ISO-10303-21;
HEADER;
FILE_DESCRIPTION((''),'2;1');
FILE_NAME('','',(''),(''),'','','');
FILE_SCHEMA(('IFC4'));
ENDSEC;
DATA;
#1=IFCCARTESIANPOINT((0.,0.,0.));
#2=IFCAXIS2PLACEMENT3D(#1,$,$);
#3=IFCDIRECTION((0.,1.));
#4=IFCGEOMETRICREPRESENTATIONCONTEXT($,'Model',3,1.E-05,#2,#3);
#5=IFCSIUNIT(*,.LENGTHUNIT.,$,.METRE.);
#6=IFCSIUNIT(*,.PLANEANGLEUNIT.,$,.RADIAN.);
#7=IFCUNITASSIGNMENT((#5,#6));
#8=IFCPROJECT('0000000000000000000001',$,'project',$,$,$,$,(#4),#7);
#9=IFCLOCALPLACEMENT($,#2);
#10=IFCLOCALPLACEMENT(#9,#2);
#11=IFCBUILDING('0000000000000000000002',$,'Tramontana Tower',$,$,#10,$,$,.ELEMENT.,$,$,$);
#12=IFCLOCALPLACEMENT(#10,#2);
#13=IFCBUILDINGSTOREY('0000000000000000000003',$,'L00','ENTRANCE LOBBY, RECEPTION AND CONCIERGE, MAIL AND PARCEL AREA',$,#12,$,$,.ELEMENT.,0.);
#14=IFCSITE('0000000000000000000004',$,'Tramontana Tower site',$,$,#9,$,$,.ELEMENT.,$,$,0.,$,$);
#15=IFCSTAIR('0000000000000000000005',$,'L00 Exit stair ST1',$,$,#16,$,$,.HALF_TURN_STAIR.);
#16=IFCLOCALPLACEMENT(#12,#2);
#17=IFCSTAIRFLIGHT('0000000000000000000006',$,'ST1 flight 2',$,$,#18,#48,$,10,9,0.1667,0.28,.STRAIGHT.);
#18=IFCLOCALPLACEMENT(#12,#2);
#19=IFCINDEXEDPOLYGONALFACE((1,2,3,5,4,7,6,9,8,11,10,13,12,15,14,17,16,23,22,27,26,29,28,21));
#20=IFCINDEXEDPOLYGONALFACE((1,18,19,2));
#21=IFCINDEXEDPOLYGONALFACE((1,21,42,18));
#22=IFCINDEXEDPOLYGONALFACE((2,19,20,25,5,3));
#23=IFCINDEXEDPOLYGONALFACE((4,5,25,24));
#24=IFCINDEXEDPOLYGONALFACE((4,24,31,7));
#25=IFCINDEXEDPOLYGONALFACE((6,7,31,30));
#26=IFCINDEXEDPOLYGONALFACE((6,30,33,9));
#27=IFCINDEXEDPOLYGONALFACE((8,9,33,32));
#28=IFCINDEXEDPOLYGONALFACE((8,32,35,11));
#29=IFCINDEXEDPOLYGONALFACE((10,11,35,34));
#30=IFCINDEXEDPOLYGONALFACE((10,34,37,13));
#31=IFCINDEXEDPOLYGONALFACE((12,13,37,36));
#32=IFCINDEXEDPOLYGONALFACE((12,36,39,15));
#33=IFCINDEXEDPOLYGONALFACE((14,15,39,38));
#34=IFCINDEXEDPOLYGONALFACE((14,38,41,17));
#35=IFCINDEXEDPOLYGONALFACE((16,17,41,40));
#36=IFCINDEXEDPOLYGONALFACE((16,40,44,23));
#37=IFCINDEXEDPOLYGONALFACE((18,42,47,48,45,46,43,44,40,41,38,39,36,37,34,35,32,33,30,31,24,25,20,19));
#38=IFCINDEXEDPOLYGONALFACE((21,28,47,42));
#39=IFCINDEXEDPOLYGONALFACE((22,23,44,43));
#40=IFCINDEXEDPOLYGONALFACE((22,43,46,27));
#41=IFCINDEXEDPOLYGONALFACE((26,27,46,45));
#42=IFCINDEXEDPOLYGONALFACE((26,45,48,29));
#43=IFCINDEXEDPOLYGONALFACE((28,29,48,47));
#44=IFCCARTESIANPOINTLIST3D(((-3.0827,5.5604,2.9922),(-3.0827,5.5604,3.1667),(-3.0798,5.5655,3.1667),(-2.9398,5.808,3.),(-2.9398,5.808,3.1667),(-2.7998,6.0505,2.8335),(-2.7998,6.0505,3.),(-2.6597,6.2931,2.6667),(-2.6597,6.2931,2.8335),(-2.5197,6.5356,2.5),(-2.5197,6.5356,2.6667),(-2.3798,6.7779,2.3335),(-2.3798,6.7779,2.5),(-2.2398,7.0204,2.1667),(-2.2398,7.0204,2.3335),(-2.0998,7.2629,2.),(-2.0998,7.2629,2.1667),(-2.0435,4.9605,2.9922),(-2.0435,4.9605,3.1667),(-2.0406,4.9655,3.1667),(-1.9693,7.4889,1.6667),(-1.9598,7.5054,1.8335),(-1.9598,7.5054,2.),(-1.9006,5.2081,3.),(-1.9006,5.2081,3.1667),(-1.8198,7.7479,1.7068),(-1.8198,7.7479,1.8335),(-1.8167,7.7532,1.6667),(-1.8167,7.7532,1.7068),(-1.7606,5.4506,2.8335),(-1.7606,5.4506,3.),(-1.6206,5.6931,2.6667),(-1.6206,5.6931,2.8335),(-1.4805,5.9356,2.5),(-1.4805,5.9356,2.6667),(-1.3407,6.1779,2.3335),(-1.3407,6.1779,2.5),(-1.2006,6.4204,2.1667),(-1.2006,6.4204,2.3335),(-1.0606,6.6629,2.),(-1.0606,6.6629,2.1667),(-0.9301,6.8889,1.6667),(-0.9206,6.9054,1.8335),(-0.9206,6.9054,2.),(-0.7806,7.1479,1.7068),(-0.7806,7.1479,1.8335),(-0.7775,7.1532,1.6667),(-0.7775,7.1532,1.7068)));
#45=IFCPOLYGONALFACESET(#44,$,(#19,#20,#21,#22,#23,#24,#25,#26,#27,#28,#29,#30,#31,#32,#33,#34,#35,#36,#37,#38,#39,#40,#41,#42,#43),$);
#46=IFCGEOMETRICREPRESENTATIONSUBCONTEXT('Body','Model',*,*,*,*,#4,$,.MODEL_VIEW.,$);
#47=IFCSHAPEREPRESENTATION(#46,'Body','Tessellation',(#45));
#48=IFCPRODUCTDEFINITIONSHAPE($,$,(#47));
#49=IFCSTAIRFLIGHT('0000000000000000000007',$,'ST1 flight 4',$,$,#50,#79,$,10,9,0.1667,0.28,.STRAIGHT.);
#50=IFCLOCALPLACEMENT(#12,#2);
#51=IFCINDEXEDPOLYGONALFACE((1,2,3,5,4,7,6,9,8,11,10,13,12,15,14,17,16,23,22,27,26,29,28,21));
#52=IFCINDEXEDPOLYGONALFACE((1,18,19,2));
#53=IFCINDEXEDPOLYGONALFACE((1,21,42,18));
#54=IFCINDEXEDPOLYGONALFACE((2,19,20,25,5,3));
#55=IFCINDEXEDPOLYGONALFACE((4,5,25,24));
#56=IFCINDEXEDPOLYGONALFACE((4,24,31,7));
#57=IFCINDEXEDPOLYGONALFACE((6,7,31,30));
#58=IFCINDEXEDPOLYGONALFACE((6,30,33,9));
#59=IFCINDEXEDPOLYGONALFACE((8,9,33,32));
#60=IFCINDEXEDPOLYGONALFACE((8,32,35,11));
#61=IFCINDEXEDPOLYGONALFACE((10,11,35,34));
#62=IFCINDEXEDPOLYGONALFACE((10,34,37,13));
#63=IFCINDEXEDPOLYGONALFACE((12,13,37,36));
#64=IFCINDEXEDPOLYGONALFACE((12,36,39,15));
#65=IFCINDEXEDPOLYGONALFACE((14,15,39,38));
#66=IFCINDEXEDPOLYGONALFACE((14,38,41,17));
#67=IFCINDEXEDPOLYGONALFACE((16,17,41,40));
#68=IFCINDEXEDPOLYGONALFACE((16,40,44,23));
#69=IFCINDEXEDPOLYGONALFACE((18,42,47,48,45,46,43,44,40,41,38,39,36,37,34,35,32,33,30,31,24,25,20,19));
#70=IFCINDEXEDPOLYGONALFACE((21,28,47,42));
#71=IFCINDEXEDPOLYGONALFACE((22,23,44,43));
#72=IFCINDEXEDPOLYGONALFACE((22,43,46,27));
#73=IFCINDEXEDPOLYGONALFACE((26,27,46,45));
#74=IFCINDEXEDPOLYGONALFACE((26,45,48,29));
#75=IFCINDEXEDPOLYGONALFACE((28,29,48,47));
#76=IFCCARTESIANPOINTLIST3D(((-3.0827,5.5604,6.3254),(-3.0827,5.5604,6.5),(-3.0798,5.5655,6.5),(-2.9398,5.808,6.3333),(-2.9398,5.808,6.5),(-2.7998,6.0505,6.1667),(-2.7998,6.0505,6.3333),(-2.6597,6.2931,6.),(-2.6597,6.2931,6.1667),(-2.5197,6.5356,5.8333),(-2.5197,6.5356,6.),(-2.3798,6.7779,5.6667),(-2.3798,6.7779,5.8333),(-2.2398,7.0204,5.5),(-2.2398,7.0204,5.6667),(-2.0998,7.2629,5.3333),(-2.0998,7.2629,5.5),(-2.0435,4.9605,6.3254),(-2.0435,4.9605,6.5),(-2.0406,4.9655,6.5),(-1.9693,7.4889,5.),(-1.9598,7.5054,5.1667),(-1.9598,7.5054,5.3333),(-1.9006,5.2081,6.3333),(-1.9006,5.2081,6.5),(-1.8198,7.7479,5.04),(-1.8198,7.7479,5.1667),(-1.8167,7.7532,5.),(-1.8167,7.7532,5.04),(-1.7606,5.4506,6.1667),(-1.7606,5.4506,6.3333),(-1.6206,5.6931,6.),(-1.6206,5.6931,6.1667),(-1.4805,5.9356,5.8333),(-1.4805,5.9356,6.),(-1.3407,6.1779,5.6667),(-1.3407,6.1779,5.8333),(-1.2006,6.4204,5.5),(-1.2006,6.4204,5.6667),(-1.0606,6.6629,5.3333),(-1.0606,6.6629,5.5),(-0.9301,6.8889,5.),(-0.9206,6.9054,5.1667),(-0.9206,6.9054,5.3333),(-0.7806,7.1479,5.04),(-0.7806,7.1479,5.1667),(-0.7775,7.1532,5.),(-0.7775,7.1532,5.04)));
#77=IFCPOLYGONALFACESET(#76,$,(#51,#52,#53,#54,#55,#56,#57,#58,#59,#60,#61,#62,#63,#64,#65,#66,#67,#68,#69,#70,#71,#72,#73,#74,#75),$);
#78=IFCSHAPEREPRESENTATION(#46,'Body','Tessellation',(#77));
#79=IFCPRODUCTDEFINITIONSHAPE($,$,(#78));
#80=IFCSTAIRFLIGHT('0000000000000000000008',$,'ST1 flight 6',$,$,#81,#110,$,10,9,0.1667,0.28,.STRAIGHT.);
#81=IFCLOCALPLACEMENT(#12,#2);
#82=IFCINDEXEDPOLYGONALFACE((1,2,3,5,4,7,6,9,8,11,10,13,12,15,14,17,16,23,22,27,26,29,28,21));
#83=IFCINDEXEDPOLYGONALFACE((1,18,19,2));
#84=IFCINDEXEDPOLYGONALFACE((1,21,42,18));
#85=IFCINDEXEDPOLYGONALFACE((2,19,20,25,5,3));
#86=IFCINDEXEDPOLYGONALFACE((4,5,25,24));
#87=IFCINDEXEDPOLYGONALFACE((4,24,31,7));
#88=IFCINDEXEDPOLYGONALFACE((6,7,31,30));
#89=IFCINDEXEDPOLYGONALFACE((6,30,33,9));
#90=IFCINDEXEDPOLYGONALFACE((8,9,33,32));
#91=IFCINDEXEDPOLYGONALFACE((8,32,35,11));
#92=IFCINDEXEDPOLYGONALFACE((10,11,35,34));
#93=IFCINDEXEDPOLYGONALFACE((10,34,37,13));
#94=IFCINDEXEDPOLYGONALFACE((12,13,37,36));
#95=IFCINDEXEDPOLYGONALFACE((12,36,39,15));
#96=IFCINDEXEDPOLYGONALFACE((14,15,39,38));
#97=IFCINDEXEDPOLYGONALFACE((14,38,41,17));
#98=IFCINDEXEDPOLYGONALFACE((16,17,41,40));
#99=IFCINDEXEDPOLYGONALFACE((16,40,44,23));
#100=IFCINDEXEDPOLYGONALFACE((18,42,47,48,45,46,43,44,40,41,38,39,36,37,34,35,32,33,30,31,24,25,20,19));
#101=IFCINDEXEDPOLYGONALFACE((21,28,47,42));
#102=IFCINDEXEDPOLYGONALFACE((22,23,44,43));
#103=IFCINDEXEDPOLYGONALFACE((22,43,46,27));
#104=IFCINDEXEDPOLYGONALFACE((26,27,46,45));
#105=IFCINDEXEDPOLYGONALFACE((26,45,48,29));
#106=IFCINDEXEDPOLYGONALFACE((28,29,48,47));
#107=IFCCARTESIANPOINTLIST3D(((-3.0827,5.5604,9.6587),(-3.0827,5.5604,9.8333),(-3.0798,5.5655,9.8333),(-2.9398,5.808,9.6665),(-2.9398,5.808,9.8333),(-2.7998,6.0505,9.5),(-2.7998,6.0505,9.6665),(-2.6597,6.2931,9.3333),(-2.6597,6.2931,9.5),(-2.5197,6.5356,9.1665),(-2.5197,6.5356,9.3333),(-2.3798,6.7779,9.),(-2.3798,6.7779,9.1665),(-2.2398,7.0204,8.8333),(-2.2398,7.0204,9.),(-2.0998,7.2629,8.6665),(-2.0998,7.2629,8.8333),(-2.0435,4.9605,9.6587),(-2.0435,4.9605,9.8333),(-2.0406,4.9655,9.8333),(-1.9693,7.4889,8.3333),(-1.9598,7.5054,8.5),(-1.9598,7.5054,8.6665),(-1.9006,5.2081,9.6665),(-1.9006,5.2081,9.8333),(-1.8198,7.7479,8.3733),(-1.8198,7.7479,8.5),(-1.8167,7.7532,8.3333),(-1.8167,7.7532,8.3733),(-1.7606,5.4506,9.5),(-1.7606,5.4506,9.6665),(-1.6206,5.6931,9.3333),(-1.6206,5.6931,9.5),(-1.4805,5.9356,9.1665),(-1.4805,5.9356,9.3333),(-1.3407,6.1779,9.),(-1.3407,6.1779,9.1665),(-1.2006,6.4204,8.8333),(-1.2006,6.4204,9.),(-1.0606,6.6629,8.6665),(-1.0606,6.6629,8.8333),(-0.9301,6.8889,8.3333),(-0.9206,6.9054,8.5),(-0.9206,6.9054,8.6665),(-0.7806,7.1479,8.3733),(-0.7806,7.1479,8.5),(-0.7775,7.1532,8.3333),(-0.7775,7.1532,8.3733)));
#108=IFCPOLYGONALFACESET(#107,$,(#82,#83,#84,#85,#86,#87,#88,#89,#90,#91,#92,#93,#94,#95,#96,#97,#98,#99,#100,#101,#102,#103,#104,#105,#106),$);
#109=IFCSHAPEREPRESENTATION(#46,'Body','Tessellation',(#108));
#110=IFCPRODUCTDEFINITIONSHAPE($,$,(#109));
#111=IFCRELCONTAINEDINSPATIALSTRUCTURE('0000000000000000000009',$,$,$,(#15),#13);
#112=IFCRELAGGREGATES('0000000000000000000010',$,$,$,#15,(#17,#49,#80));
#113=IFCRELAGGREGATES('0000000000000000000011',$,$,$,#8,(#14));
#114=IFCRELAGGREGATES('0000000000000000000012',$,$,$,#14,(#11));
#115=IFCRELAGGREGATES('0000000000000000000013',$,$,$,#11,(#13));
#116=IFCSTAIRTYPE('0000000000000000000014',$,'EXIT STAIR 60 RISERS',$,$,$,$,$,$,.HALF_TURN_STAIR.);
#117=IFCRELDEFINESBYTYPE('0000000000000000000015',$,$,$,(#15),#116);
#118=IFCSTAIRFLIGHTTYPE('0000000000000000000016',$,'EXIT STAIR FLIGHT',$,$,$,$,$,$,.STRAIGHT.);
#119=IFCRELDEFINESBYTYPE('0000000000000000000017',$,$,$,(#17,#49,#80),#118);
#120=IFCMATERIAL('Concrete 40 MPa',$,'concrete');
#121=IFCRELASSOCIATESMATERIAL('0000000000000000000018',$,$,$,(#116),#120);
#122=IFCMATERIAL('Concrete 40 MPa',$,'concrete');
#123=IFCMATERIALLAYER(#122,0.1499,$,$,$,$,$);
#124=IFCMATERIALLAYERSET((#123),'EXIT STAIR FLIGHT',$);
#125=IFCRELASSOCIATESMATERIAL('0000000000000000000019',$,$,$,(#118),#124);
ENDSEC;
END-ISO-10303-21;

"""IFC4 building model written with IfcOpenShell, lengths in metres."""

from ifc_helpers import new_model, si_unit, direction, frame, origin, place, context, subcontext, project, spatial, polyline, outline, extrude, material, layer, layer_set, type_object, element, aggregate, save


model = new_model("IFC4")

# Units and contexts
model_context = context("Model", 3, precision=1e-05, world=origin(), true_north=direction((0.0, 1.0)))
body_context = subcontext(model_context, "Body", "Model", "MODEL_VIEW")
ifc_project = project(units=[si_unit("LENGTHUNIT", "METRE"), si_unit("PLANEANGLEUNIT", "RADIAN")], contexts=[model_context])

# Site, building, storey
site_placement = place(None, origin())
site = spatial("IfcSite", under=ifc_project, at=site_placement, Name="Tramontana Tower site", CompositionType="ELEMENT", RefElevation=0.0)
building_placement = place(site_placement, origin())
building = spatial("IfcBuilding", under=site, at=building_placement, Name="Tramontana Tower", CompositionType="ELEMENT")
storey_placement = place(building_placement, origin())
storey = spatial("IfcBuildingStorey", under=building, at=storey_placement, Name="L00", Description="ENTRANCE LOBBY, RECEPTION AND CONCIERGE, MAIL AND PARCEL AREA", CompositionType="ELEMENT", Elevation=0.0)

# Stair, stair flights
ifc_material_1 = material(Name="Concrete 40 MPa", Category="concrete")
stair_type = type_object("IfcStairType", Name="EXIT STAIR 60 RISERS", PredefinedType="HALF_TURN_STAIR", material=ifc_material_1)
stair_placement = place(storey_placement, origin())
stair = element("IfcStair", 1, at=stair_placement, inside=storey, type_object=stair_type, Name="L00 Exit stair ST1", PredefinedType="HALF_TURN_STAIR")
ifc_material_2 = material(Name="Concrete 40 MPa", Category="concrete")
ifc_layer_1 = layer(ifc_material_2, 0.1499)
ifc_layer_set_1 = layer_set([ifc_layer_1], Name="EXIT STAIR FLIGHT")
stair_flight_type = type_object("IfcStairFlightType", Name="EXIT STAIR FLIGHT", PredefinedType="STRAIGHT", material=ifc_layer_set_1)
stair_flight_1_placement = place(storey_placement, frame((-1.3003, 7.448, 1.6667), z_axis=(0.0, 0.0, 1.0), x_axis=(-0.5, -0.866025, 0.0)))
stair_flight_1 = element("IfcStairFlight", 2, at=stair_flight_1_placement, type_object=stair_flight_type, Name="ST1 flight 2", NumberOfRisers=10, NumberOfTreads=9, PredefinedType="STRAIGHT", RiserHeight=0.1667, TreadLength=0.28, context=body_context, shape_type="SweptSolid", body=[
    extrude(outline(polyline([(-0.0061, 0.0), (-0.0061, 0.04), (0.0, 0.04), (0.0, 0.1667), (0.28, 0.1667), (0.28, 0.3333), (0.5601, 0.3333), (0.5601, 0.5), (0.8401, 0.5), (0.8401, 0.6667), (1.1201, 0.6667), (1.1201, 0.8333), (1.3999, 0.8333), (1.3999, 1.0), (1.6799, 1.0), (1.6799, 1.1667), (1.96, 1.1667), (1.96, 1.3333), (2.24, 1.3333), (2.24, 1.5), (2.52, 1.5), (2.5259, 1.5), (2.5259, 1.3254), (0.2991, 0.0), (-0.0061, 0.0)])), frame((0.0, 0.6001, 0.0), z_axis=(0.0, -1.0, 0.0), x_axis=(1.0, 0.0, 0.0)), (0.0, 0.0, 1.0), 1.2),
])
stair_flight_2_placement = place(storey_placement, frame((-1.3003, 7.448, 5.0), z_axis=(0.0, 0.0, 1.0), x_axis=(-0.5, -0.866025, 0.0)))
stair_flight_2 = element("IfcStairFlight", 3, at=stair_flight_2_placement, type_object=stair_flight_type, Name="ST1 flight 4", NumberOfRisers=10, NumberOfTreads=9, PredefinedType="STRAIGHT", RiserHeight=0.1667, TreadLength=0.28, context=body_context, shape_type="SweptSolid", body=[
    extrude(outline(polyline([(-0.0061, 0.0), (-0.0061, 0.04), (0.0, 0.04), (0.0, 0.1667), (0.28, 0.1667), (0.28, 0.3333), (0.5601, 0.3333), (0.5601, 0.5), (0.8401, 0.5), (0.8401, 0.6667), (1.1201, 0.6667), (1.1201, 0.8333), (1.3999, 0.8333), (1.3999, 1.0), (1.6799, 1.0), (1.6799, 1.1667), (1.96, 1.1667), (1.96, 1.3333), (2.24, 1.3333), (2.24, 1.5), (2.52, 1.5), (2.5259, 1.5), (2.5259, 1.3254), (0.2991, 0.0), (-0.0061, 0.0)])), frame((0.0, 0.6001, 0.0), z_axis=(0.0, -1.0, 0.0), x_axis=(1.0, 0.0, 0.0)), (0.0, 0.0, 1.0), 1.2),
])
stair_flight_3_placement = place(storey_placement, frame((-1.3003, 7.448, 8.3333), z_axis=(0.0, 0.0, 1.0), x_axis=(-0.5, -0.866025, 0.0)))
stair_flight_3 = element("IfcStairFlight", 4, at=stair_flight_3_placement, type_object=stair_flight_type, Name="ST1 flight 6", NumberOfRisers=10, NumberOfTreads=9, PredefinedType="STRAIGHT", RiserHeight=0.1667, TreadLength=0.28, context=body_context, shape_type="SweptSolid", body=[
    extrude(outline(polyline([(-0.0061, 0.0), (-0.0061, 0.04), (0.0, 0.04), (0.0, 0.1667), (0.28, 0.1667), (0.28, 0.3333), (0.5601, 0.3333), (0.5601, 0.5), (0.8401, 0.5), (0.8401, 0.6667), (1.1201, 0.6667), (1.1201, 0.8333), (1.3999, 0.8333), (1.3999, 1.0), (1.6799, 1.0), (1.6799, 1.1667), (1.96, 1.1667), (1.96, 1.3333), (2.24, 1.3333), (2.24, 1.5), (2.52, 1.5), (2.5259, 1.5), (2.5259, 1.3254), (0.2991, 0.0), (-0.0061, 0.0)])), frame((0.0, 0.6001, 0.0), z_axis=(0.0, -1.0, 0.0), x_axis=(1.0, 0.0, 0.0)), (0.0, 0.0, 1.0), 1.2),
])
aggregate(stair, [stair_flight_1, stair_flight_2, stair_flight_3])

save(model, "model.ifc")
